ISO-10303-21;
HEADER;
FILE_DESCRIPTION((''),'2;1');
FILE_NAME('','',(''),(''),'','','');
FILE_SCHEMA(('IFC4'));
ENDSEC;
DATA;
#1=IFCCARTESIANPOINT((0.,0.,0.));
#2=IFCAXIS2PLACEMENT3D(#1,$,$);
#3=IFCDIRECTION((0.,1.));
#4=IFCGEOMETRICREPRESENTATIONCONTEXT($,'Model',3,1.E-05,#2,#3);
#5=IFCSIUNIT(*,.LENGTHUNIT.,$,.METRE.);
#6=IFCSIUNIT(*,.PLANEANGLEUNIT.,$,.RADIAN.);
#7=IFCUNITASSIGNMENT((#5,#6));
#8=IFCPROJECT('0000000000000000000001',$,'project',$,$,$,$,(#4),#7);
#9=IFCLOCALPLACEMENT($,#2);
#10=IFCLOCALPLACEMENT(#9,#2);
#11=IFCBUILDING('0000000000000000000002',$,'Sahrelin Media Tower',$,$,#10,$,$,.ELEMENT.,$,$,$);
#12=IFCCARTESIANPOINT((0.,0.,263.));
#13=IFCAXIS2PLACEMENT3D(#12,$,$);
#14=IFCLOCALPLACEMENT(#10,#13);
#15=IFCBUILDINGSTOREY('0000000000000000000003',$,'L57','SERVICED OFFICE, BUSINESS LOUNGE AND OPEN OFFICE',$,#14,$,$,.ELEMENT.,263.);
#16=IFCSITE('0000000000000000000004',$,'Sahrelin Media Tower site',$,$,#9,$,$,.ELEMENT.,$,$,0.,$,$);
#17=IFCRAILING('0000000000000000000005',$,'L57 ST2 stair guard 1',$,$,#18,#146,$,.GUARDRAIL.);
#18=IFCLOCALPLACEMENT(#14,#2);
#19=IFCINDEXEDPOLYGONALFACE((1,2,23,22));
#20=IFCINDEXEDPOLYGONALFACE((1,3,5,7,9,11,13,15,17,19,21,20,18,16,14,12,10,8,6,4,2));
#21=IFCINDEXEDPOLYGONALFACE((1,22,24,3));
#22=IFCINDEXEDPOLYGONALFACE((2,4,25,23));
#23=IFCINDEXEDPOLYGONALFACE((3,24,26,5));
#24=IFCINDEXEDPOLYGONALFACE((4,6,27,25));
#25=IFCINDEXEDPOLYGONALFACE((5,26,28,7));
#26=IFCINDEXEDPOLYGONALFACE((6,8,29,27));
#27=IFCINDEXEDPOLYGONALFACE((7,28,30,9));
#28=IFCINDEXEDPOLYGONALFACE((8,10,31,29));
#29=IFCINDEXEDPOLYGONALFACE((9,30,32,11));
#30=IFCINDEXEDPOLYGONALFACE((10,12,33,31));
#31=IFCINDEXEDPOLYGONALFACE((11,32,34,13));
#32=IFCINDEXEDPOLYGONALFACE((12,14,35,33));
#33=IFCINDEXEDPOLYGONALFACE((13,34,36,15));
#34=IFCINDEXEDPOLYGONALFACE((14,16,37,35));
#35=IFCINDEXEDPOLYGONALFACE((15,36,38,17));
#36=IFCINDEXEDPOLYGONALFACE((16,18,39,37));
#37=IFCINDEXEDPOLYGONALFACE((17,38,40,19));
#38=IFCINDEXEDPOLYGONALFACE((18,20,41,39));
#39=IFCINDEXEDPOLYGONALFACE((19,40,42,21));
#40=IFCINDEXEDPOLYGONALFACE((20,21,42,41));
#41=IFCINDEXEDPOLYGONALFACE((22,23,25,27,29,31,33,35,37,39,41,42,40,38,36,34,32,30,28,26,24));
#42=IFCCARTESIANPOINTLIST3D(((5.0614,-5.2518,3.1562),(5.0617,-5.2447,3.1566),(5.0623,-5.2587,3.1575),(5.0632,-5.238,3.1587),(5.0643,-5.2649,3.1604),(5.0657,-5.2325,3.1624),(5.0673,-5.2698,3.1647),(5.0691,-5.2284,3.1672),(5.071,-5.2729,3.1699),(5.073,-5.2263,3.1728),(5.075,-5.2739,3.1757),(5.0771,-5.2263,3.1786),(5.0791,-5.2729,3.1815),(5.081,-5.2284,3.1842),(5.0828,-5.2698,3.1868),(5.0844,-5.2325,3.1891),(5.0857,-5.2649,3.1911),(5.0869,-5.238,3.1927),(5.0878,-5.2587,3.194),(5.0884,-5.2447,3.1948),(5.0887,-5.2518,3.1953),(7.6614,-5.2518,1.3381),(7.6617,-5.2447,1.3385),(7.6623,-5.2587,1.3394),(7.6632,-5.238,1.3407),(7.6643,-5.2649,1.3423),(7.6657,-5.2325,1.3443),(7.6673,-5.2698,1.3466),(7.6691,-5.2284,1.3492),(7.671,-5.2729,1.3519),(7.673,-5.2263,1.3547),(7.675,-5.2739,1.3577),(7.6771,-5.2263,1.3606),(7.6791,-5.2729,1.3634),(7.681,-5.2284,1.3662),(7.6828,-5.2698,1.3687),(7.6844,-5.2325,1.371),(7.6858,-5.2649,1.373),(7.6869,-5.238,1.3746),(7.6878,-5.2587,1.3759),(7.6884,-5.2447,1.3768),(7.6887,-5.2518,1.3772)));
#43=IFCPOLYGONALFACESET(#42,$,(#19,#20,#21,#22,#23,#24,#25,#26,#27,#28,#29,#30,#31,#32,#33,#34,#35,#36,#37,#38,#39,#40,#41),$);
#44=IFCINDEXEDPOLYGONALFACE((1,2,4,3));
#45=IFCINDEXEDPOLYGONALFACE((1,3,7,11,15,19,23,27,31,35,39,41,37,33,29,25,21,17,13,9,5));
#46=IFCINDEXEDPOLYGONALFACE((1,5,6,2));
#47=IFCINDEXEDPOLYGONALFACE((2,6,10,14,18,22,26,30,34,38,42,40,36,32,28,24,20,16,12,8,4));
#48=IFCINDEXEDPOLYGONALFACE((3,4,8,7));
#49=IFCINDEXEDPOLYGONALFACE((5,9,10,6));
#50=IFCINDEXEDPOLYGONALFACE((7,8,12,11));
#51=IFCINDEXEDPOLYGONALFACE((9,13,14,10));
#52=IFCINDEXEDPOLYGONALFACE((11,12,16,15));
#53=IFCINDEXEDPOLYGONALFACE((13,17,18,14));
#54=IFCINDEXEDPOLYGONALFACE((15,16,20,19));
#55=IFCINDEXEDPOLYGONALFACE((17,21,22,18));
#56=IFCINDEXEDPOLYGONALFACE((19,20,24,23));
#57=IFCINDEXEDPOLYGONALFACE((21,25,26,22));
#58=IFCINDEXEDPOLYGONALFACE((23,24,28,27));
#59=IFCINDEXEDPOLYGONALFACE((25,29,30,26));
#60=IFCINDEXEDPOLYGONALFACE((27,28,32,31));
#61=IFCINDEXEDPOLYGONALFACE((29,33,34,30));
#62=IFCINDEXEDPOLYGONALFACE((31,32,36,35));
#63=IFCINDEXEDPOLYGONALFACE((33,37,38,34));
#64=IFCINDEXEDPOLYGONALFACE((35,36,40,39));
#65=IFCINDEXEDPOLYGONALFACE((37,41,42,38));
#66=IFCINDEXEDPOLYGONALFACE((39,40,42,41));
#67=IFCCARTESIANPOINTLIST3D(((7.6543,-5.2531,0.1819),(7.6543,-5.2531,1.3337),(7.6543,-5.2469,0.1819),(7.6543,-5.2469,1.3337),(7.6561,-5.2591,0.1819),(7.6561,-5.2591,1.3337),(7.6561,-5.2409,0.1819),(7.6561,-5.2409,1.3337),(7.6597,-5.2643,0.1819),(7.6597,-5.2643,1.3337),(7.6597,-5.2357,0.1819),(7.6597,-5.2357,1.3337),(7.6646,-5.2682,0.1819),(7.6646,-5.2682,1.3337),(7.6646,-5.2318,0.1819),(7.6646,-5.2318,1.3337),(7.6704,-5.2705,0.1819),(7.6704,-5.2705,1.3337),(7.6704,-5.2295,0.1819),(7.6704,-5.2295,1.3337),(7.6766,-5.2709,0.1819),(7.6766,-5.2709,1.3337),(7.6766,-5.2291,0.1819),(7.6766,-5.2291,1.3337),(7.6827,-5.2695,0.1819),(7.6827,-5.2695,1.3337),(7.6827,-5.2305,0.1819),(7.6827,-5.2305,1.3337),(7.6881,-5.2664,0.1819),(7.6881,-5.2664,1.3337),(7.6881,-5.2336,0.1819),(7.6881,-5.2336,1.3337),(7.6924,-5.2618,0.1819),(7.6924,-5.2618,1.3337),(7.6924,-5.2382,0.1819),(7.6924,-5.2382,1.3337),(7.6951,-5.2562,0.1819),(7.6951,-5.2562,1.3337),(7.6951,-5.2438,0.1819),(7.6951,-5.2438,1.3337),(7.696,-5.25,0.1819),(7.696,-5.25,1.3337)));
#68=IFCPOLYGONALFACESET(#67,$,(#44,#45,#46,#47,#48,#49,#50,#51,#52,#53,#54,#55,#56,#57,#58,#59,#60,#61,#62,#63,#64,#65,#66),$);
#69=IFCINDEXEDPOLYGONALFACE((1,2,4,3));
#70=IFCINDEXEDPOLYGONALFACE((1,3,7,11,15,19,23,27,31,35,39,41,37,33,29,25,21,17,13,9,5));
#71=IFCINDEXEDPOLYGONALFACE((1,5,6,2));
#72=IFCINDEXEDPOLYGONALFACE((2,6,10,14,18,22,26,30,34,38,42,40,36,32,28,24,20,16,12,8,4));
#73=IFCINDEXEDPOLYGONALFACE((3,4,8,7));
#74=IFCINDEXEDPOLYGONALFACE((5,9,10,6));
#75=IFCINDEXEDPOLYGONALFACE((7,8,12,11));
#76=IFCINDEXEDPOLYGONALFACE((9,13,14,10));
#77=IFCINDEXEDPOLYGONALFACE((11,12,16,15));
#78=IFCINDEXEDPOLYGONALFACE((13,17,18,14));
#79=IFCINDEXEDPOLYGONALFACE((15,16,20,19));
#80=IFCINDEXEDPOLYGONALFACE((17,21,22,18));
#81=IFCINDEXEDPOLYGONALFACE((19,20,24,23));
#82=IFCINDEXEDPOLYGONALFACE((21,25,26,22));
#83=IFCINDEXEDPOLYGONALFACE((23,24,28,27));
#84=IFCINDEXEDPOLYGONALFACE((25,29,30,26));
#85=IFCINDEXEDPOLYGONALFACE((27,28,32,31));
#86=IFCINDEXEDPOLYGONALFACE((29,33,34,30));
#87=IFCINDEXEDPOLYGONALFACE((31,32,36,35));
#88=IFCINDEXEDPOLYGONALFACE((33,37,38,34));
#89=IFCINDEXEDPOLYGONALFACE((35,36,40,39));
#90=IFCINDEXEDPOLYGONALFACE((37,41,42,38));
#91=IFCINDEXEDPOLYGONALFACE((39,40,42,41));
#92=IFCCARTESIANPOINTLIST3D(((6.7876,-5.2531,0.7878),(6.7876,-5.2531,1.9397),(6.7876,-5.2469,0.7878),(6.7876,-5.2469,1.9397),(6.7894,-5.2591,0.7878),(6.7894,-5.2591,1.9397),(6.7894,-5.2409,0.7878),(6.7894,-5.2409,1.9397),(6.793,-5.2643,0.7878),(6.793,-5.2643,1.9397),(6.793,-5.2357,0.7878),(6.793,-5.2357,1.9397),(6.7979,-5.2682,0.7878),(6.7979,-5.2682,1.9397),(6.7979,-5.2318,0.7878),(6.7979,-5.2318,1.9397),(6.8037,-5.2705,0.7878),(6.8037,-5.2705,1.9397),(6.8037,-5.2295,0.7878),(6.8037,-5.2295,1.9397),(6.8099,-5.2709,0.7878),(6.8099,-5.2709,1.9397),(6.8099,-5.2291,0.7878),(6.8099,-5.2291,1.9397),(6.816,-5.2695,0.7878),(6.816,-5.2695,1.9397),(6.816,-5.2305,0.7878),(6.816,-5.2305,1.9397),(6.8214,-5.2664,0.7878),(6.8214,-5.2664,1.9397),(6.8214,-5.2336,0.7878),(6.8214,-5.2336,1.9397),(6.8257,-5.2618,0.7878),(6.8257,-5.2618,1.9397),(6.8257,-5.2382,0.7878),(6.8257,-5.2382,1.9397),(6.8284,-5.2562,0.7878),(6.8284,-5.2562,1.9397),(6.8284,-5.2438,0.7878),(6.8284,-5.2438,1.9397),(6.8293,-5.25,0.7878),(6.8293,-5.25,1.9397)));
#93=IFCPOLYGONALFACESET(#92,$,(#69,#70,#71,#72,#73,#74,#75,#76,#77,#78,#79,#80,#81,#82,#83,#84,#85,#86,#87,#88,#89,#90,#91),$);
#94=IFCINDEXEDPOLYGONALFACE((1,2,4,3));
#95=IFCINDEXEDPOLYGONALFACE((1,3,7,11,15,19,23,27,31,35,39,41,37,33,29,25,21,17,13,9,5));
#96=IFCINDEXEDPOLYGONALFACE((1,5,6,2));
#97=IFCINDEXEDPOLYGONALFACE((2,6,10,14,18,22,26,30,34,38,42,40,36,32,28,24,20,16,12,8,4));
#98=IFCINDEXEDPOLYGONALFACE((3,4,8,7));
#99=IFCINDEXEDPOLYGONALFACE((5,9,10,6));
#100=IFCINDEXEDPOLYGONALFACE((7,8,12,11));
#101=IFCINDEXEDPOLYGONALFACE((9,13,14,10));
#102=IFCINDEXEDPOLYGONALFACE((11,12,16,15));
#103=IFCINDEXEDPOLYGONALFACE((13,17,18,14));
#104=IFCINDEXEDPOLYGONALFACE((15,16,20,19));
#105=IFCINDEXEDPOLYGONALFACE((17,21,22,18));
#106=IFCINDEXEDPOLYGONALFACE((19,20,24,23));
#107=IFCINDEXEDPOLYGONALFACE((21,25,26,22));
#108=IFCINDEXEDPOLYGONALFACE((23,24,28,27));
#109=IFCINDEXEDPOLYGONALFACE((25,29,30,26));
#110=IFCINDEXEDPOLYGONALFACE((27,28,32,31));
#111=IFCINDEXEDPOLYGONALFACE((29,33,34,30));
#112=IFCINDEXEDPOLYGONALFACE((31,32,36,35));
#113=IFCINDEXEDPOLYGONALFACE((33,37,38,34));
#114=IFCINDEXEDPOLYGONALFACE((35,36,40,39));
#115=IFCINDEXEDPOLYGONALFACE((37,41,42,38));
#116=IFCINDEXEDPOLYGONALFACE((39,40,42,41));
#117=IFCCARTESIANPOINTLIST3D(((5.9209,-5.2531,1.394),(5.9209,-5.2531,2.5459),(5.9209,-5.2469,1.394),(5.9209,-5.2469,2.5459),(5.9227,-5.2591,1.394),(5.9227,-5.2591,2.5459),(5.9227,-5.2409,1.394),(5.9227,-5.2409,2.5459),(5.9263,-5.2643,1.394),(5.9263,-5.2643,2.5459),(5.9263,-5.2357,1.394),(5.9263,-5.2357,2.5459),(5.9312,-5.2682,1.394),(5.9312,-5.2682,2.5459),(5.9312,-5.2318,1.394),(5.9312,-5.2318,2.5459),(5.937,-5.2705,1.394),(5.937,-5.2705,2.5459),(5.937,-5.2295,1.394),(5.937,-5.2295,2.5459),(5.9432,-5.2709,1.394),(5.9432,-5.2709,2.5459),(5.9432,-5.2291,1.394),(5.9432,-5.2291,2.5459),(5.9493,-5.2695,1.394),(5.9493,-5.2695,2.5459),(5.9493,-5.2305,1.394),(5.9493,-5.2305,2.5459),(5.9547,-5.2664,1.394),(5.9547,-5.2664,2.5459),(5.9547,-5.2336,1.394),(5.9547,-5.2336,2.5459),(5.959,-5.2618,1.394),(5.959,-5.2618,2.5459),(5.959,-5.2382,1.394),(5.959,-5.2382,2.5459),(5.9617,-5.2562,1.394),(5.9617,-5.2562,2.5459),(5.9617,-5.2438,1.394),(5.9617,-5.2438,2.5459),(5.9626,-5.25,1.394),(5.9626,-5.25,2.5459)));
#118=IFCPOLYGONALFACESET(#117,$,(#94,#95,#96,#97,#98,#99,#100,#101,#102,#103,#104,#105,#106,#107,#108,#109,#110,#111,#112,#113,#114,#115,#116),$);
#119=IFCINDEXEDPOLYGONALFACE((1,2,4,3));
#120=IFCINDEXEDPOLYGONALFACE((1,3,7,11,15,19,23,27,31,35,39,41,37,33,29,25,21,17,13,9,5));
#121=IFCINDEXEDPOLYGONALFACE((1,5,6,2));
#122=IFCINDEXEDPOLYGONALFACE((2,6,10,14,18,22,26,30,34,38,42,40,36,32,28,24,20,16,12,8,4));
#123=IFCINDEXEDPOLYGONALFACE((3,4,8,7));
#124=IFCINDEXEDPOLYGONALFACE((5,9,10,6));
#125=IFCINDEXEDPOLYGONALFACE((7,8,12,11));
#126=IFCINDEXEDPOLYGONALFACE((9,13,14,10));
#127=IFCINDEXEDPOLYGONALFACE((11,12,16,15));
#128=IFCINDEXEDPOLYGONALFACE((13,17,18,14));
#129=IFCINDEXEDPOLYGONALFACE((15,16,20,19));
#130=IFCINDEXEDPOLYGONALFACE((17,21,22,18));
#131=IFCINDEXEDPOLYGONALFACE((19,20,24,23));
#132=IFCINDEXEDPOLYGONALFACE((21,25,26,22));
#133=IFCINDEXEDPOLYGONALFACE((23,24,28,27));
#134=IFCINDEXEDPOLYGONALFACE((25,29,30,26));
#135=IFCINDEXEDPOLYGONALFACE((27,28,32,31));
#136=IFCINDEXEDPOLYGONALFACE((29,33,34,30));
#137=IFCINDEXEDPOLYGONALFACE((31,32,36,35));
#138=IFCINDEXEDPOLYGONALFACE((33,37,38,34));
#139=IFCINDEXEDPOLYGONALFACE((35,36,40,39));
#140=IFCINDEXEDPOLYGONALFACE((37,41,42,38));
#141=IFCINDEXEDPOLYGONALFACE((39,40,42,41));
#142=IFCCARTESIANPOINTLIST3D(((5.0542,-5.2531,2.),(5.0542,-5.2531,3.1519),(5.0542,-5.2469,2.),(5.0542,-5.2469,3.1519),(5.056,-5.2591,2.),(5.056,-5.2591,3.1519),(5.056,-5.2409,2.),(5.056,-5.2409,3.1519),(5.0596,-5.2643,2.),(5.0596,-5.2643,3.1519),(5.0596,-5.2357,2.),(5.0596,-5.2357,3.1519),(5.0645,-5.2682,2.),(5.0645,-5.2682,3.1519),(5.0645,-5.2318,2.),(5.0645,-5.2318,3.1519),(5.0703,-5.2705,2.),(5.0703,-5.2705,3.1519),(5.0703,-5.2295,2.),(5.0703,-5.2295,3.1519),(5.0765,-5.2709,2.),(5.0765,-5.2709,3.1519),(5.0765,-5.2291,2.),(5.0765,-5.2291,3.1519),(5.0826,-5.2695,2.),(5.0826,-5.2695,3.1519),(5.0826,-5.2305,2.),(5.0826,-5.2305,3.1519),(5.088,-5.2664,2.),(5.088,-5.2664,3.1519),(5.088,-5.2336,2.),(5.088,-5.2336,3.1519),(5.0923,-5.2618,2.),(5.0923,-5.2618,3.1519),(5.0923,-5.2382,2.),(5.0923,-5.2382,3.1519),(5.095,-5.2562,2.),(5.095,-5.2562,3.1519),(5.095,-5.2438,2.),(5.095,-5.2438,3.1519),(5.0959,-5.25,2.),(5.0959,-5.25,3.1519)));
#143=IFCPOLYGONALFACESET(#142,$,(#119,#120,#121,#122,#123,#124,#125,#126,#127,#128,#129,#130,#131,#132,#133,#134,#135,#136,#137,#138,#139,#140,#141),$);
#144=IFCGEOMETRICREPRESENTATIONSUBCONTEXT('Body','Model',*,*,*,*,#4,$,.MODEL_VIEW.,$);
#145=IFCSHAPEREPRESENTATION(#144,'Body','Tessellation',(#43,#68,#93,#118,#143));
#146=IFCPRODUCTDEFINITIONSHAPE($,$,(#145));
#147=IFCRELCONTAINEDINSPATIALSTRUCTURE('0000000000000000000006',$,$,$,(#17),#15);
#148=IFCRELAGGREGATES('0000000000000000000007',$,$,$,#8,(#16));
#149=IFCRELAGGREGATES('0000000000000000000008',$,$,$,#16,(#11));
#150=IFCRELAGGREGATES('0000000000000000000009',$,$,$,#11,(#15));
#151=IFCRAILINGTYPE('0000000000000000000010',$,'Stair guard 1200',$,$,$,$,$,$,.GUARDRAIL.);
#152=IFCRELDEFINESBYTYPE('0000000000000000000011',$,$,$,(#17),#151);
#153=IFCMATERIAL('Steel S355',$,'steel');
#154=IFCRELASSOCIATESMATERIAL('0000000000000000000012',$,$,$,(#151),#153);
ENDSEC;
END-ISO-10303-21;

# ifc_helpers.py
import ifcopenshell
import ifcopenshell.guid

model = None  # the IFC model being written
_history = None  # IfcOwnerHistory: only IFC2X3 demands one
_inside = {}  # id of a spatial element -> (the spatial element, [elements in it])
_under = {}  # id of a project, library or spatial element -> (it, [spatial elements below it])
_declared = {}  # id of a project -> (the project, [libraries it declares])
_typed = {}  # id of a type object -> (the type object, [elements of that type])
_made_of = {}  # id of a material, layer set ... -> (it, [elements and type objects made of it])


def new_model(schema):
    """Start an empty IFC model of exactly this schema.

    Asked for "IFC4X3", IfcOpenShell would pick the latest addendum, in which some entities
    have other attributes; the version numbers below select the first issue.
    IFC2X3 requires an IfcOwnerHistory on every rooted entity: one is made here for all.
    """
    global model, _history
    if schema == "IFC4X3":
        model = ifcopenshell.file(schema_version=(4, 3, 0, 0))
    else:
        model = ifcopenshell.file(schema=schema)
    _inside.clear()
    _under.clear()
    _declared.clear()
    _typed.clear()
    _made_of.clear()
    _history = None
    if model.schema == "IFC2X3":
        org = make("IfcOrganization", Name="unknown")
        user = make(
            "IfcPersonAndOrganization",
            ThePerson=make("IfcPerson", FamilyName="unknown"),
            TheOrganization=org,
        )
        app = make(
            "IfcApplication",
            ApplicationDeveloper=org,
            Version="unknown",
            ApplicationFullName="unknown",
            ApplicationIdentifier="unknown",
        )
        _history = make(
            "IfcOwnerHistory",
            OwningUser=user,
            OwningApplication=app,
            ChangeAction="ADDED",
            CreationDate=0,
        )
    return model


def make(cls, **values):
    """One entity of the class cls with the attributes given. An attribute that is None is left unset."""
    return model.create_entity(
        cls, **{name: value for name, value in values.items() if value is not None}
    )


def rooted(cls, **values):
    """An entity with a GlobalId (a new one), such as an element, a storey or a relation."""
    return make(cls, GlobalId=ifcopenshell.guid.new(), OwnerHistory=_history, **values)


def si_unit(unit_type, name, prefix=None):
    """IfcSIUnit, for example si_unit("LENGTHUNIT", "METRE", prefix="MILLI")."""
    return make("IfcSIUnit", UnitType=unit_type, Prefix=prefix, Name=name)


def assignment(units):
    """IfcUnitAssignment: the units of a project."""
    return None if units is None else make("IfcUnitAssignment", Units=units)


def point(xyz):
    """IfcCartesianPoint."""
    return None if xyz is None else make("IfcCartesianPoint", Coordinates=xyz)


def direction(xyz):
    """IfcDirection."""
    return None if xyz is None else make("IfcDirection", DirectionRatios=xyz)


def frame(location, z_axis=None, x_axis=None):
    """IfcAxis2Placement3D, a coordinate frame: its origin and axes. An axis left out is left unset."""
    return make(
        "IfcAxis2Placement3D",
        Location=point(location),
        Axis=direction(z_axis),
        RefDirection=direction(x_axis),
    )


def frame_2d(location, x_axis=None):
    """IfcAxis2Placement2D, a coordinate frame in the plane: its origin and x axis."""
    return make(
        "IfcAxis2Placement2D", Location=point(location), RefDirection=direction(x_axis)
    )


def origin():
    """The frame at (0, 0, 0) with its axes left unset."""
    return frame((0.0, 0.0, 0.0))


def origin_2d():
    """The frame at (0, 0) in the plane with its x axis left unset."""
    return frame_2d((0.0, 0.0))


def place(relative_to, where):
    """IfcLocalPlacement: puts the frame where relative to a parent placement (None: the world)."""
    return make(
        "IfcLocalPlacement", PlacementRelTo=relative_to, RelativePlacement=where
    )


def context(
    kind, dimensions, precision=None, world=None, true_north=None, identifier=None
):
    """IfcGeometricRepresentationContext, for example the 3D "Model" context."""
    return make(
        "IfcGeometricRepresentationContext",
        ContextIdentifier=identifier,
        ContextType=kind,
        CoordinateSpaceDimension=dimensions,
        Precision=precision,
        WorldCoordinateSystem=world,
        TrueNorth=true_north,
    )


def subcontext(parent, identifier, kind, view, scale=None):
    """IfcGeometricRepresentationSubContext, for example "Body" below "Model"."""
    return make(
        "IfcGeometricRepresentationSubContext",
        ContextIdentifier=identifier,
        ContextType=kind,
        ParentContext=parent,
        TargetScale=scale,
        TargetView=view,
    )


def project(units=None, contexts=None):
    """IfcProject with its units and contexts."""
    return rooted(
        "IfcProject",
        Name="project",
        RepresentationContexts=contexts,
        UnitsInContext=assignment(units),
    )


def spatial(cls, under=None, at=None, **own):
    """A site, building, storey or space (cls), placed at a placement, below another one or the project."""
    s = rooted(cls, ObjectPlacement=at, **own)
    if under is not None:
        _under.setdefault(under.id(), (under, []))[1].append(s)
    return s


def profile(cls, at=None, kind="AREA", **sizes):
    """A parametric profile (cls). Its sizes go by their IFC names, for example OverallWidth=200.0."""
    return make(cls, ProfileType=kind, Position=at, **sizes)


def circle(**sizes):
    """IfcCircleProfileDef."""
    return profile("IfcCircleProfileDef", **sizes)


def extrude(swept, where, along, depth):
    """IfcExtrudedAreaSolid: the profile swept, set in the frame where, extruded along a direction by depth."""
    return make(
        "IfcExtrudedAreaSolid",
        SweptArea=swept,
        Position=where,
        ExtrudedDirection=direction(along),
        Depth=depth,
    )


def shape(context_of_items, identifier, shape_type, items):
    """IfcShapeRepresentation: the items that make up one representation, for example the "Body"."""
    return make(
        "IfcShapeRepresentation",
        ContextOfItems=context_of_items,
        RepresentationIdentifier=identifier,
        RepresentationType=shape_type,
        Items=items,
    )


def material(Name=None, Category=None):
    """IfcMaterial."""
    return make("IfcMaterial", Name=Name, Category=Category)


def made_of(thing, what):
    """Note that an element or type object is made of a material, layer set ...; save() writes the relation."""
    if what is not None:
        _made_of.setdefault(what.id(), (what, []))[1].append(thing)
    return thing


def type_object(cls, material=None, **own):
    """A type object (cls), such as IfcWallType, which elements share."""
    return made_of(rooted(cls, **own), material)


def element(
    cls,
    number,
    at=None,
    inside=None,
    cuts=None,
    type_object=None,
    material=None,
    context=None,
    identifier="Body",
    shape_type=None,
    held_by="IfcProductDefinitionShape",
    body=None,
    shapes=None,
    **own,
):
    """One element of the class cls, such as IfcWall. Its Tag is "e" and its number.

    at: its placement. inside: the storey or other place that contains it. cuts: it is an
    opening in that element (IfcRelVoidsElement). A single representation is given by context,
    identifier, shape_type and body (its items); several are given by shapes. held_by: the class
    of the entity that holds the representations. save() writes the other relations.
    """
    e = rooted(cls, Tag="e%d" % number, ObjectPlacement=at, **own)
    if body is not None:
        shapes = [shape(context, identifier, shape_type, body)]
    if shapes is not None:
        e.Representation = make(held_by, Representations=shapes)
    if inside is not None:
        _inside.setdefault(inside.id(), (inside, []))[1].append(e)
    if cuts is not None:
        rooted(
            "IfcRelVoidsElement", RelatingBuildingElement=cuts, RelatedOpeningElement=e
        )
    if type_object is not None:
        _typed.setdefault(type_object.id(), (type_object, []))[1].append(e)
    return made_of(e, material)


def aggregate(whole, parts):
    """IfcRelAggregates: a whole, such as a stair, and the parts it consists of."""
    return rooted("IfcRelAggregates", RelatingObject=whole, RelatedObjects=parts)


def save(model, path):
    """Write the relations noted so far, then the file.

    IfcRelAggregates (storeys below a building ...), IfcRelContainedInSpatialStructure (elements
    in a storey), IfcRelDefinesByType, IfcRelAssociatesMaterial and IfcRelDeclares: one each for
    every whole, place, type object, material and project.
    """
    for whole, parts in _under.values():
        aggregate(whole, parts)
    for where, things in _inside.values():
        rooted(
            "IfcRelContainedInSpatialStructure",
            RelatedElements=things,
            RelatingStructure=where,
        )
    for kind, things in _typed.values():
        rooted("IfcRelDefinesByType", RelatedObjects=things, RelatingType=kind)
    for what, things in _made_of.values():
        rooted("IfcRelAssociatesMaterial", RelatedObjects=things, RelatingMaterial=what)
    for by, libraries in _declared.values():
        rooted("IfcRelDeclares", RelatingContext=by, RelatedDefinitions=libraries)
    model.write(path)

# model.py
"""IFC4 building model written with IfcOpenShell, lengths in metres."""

from ifc_helpers import new_model, si_unit, direction, frame, origin, origin_2d, place, context, subcontext, project, spatial, circle, extrude, material, type_object, element, save


model = new_model("IFC4")

# Units and contexts
model_context = context("Model", 3, precision=1e-05, world=origin(), true_north=direction((0.0, 1.0)))
body_context = subcontext(model_context, "Body", "Model", "MODEL_VIEW")
ifc_project = project(units=[si_unit("LENGTHUNIT", "METRE"), si_unit("PLANEANGLEUNIT", "RADIAN")], contexts=[model_context])

# Site, building, storey
site_placement = place(None, origin())
site = spatial("IfcSite", under=ifc_project, at=site_placement, Name="Sahrelin Media Tower site", CompositionType="ELEMENT", RefElevation=0.0)
building_placement = place(site_placement, origin())
building = spatial("IfcBuilding", under=site, at=building_placement, Name="Sahrelin Media Tower", CompositionType="ELEMENT")
storey_placement = place(building_placement, frame((0.0, 0.0, 263.0)))
storey = spatial("IfcBuildingStorey", under=building, at=storey_placement, Name="L57", Description="SERVICED OFFICE, BUSINESS LOUNGE AND OPEN OFFICE", CompositionType="ELEMENT", Elevation=263.0)

# Railing
ifc_material_1 = material(Name="Steel S355", Category="steel")
railing_type_1 = type_object("IfcRailingType", Name="Stair guard 1200", PredefinedType="GUARDRAIL", material=ifc_material_1)
railing_1_placement = place(storey_placement, frame((7.675, -5.25, 0.1819)))
element("IfcRailing", 1, at=railing_1_placement, inside=storey, type_object=railing_type_1, Name="L57 ST2 stair guard 1", PredefinedType="GUARDRAIL", context=body_context, shape_type="SweptSolid", body=[
    extrude(circle(Radius=0.0239, at=origin_2d()), frame((0.0, 0.0, 1.1758), z_axis=(-0.819521, 0.0, 0.573049), x_axis=(0.0, -1.0, 0.0)), (0.0, 0.0, 1.0), 3.1726),
    extrude(circle(Radius=0.021, at=origin_2d()), origin(), (0.0, 0.0, 1.0), 1.1519),
    extrude(circle(Radius=0.021, at=origin_2d()), frame((-0.8667, 0.0, 0.606)), (0.0, 0.0, 1.0), 1.1519),
    extrude(circle(Radius=0.021, at=origin_2d()), frame((-1.7334, 0.0, 1.2122)), (0.0, 0.0, 1.0), 1.1519),
    extrude(circle(Radius=0.021, at=origin_2d()), frame((-2.6001, 0.0, 1.8181)), (0.0, 0.0, 1.0), 1.1519),
])

save(model, "model.ifc")
